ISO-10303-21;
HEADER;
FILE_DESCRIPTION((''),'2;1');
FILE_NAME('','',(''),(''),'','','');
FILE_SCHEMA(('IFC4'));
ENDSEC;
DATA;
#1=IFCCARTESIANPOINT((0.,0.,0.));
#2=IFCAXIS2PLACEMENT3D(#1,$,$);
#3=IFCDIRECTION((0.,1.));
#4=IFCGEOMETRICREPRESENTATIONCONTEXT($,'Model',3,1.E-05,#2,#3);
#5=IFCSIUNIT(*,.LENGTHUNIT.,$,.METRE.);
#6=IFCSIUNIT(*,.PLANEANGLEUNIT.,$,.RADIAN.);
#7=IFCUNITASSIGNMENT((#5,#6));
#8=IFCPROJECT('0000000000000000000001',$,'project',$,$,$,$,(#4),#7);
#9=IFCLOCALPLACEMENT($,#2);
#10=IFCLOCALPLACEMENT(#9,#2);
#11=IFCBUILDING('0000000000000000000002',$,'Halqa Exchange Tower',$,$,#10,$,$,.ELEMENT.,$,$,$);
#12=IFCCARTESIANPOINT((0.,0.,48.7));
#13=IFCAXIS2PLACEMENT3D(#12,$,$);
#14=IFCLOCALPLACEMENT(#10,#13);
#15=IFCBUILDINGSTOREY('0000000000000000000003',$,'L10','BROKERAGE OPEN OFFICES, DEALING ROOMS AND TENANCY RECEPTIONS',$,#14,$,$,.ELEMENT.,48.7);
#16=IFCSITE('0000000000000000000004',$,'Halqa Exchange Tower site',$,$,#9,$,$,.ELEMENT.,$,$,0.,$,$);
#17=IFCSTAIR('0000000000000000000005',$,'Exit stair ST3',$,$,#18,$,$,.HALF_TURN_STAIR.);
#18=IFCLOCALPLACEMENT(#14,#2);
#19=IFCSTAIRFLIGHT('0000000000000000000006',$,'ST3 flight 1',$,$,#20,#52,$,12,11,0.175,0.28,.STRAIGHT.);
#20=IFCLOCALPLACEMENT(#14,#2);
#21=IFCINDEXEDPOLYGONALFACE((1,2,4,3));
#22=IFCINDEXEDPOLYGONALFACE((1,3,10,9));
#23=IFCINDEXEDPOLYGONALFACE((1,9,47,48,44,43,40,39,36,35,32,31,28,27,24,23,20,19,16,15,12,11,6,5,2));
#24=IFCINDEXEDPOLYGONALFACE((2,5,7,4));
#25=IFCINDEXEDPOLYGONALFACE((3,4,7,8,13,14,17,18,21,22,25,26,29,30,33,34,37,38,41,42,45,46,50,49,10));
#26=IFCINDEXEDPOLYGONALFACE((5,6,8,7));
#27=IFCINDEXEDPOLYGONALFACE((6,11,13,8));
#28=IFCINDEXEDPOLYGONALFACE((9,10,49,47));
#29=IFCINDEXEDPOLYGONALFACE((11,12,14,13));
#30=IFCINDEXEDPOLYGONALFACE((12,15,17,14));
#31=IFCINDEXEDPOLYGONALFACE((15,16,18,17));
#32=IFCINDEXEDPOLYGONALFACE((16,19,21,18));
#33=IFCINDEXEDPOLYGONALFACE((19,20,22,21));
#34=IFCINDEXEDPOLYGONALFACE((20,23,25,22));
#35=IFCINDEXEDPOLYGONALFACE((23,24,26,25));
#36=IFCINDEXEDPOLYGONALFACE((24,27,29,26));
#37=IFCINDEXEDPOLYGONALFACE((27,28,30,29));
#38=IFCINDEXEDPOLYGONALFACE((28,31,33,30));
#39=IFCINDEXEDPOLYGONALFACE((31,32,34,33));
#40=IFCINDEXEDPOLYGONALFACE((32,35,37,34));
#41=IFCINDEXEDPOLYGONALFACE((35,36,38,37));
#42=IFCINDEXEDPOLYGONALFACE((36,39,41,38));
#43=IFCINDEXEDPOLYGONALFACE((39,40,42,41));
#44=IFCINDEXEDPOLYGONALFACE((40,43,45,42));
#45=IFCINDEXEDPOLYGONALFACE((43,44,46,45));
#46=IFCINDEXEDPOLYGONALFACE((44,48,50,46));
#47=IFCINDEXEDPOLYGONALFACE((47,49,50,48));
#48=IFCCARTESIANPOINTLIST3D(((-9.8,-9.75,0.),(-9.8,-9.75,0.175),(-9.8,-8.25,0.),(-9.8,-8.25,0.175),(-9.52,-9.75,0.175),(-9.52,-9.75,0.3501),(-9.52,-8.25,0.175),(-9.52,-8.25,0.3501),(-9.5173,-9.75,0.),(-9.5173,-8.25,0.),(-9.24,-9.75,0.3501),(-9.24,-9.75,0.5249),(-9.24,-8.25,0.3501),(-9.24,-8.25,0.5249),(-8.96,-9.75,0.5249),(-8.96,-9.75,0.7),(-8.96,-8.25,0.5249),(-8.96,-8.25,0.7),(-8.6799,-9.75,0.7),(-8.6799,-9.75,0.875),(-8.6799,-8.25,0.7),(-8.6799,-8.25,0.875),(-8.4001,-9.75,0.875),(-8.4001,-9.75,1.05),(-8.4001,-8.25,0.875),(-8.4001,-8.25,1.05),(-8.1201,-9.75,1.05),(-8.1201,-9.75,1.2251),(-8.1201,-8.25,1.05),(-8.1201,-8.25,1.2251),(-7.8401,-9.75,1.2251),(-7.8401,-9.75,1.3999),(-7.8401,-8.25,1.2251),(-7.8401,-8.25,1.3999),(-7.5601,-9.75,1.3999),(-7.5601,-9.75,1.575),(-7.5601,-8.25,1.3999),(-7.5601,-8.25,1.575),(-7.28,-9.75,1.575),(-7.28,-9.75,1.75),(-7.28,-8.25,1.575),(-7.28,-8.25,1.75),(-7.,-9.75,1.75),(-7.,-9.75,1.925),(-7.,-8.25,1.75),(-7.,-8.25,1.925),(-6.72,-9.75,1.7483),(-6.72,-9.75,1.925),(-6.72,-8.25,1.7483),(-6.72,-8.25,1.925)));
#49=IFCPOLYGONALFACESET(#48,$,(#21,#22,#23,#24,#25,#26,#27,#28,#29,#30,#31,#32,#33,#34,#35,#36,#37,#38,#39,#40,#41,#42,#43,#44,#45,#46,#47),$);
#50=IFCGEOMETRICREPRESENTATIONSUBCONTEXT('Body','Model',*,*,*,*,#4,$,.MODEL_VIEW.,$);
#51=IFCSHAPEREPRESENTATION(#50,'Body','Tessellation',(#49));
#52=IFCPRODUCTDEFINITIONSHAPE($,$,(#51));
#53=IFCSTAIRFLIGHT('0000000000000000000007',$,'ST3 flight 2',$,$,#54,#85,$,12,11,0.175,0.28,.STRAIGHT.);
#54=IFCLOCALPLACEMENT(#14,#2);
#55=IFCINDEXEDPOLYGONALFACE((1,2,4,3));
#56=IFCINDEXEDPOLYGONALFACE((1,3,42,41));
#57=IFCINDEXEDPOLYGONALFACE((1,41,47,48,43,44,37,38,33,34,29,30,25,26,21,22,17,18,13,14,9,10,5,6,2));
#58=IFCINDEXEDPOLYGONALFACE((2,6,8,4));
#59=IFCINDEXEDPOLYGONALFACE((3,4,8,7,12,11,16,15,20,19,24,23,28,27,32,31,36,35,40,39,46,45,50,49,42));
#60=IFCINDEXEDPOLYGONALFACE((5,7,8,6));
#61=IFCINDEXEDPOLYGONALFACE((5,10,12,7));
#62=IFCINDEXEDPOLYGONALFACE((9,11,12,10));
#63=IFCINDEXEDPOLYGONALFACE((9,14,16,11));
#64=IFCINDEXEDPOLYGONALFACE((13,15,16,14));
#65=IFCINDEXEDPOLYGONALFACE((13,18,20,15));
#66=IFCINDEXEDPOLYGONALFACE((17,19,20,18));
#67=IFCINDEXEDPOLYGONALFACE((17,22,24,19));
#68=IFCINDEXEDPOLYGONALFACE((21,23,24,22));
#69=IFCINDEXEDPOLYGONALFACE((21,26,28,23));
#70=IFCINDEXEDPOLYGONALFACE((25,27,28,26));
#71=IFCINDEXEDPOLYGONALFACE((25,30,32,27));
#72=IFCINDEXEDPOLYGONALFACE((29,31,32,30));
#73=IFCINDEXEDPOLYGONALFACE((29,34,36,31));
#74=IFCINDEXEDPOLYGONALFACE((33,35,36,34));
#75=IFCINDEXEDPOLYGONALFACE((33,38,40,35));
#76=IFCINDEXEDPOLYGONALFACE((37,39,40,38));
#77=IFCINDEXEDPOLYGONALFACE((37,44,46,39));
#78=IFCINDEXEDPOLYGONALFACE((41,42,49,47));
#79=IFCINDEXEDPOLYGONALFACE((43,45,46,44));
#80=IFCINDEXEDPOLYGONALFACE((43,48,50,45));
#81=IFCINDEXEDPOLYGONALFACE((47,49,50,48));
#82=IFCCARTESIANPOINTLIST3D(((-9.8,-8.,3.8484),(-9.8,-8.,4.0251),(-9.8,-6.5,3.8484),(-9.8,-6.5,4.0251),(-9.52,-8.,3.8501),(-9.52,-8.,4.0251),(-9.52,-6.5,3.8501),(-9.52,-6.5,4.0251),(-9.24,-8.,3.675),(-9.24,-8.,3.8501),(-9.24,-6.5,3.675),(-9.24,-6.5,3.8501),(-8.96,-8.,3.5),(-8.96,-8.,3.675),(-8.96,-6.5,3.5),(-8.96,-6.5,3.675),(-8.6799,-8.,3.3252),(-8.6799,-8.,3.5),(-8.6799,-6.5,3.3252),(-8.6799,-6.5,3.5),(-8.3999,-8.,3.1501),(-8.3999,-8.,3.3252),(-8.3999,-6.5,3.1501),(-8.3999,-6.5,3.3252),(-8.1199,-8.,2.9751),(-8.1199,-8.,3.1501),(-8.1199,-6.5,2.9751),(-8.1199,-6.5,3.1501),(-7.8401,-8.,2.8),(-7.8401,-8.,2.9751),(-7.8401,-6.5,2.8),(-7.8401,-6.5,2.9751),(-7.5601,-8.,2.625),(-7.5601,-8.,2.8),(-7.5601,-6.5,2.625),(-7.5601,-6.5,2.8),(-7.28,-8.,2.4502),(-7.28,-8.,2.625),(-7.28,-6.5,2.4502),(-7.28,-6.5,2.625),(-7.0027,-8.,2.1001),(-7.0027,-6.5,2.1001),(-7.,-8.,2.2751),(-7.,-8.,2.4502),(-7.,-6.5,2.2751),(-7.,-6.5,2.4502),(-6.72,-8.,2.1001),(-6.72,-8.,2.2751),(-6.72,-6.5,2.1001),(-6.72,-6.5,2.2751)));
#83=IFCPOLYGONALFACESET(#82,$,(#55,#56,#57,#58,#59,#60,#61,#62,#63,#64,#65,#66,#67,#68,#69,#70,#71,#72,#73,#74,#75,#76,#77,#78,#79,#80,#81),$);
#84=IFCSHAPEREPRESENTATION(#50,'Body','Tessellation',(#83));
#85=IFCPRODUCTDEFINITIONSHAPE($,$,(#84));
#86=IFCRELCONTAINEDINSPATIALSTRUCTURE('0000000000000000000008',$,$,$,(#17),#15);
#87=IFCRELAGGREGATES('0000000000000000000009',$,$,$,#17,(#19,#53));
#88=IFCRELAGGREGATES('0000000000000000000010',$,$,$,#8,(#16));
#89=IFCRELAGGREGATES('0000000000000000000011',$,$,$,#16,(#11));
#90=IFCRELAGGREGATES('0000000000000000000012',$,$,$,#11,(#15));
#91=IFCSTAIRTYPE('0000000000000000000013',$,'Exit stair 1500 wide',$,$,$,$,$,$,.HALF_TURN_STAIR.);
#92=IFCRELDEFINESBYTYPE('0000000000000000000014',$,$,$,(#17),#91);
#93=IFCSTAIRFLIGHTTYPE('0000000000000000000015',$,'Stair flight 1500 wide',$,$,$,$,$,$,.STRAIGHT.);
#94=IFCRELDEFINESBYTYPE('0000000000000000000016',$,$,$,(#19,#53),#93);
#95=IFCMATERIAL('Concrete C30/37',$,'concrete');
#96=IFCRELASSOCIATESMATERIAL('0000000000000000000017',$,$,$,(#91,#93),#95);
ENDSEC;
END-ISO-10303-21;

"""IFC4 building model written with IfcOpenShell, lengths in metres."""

from ifc_helpers import new_model, si_unit, direction, frame, origin, place, context, subcontext, project, spatial, polyline, outline, extrude, material, type_object, element, aggregate, save


model = new_model("IFC4")

# Units and contexts
model_context = context("Model", 3, precision=1e-05, world=origin(), true_north=direction((0.0, 1.0)))
body_context = subcontext(model_context, "Body", "Model", "MODEL_VIEW")
ifc_project = project(units=[si_unit("LENGTHUNIT", "METRE"), si_unit("PLANEANGLEUNIT", "RADIAN")], contexts=[model_context])

# Site, building, storey
site_placement = place(None, origin())
site = spatial("IfcSite", under=ifc_project, at=site_placement, Name="Halqa Exchange Tower site", CompositionType="ELEMENT", RefElevation=0.0)
building_placement = place(site_placement, origin())
building = spatial("IfcBuilding", under=site, at=building_placement, Name="Halqa Exchange Tower", CompositionType="ELEMENT")
storey_placement = place(building_placement, frame((0.0, 0.0, 48.7)))
storey = spatial("IfcBuildingStorey", under=building, at=storey_placement, Name="L10", Description="BROKERAGE OPEN OFFICES, DEALING ROOMS AND TENANCY RECEPTIONS", CompositionType="ELEMENT", Elevation=48.7)

# Stair, stair flights
ifc_material_1 = material(Name="Concrete C30/37", Category="concrete")
stair_type = type_object("IfcStairType", Name="Exit stair 1500 wide", PredefinedType="HALF_TURN_STAIR", material=ifc_material_1)
stair_placement = place(storey_placement, origin())
stair = element("IfcStair", 1, at=stair_placement, inside=storey, type_object=stair_type, Name="Exit stair ST3", PredefinedType="HALF_TURN_STAIR")
stair_flight_type = type_object("IfcStairFlightType", Name="Stair flight 1500 wide", PredefinedType="STRAIGHT", material=ifc_material_1)
stair_flight_1_placement = place(storey_placement, frame((-9.8, -9.0, 0.0), z_axis=(0.0, 0.0, 1.0), x_axis=(1.0, 0.0, 0.0)))
stair_flight_1 = element("IfcStairFlight", 2, at=stair_flight_1_placement, type_object=stair_flight_type, Name="ST3 flight 1", NumberOfRisers=12, NumberOfTreads=11, PredefinedType="STRAIGHT", RiserHeight=0.175, TreadLength=0.28, context=body_context, shape_type="SweptSolid", body=[
    extrude(outline(polyline([(0.0, 0.0), (0.0, 0.175), (0.28, 0.175), (0.28, 0.3501), (0.5601, 0.3501), (0.5601, 0.5249), (0.8401, 0.5249), (0.8401, 0.7), (1.1201, 0.7), (1.1201, 0.875), (1.3999, 0.875), (1.3999, 1.05), (1.6799, 1.05), (1.6799, 1.2251), (1.96, 1.2251), (1.96, 1.3999), (2.24, 1.3999), (2.24, 1.575), (2.52, 1.575), (2.52, 1.75), (2.8, 1.75), (2.8, 1.925), (3.0801, 1.925), (3.0801, 2.1001), (3.0801, 1.7483), (0.2827, 0.0), (0.0, 0.0)])), frame((0.0, 0.75, 0.0), z_axis=(0.0, -1.0, 0.0), x_axis=(1.0, 0.0, 0.0)), (0.0, 0.0, 1.0), 1.5),
])
stair_flight_2_placement = place(storey_placement, frame((-6.72, -7.25, 2.1001), z_axis=(0.0, 0.0, 1.0), x_axis=(-1.0, 0.0, 0.0)))
stair_flight_2 = element("IfcStairFlight", 3, at=stair_flight_2_placement, type_object=stair_flight_type, Name="ST3 flight 2", NumberOfRisers=12, NumberOfTreads=11, PredefinedType="STRAIGHT", RiserHeight=0.175, TreadLength=0.28, context=body_context, shape_type="SweptSolid", body=[
    extrude(outline(polyline([(0.0, 0.0), (0.0, 0.175), (0.28, 0.175), (0.28, 0.3501), (0.5601, 0.3501), (0.5601, 0.5249), (0.8401, 0.5249), (0.8401, 0.7), (1.1201, 0.7), (1.1201, 0.875), (1.3999, 0.875), (1.3999, 1.05), (1.6799, 1.05), (1.6799, 1.2251), (1.96, 1.2251), (1.96, 1.3999), (2.24, 1.3999), (2.24, 1.575), (2.52, 1.575), (2.52, 1.75), (2.8, 1.75), (2.8, 1.925), (3.0801, 1.925), (3.0801, 2.1001), (3.0801, 1.7483), (0.2827, 0.0), (0.0, 0.0)])), frame((0.0, 0.75, 0.0), z_axis=(0.0, -1.0, 0.0), x_axis=(1.0, 0.0, 0.0)), (0.0, 0.0, 1.0), 1.5),
])
aggregate(stair, [stair_flight_1, stair_flight_2])

save(model, "model.ifc")
